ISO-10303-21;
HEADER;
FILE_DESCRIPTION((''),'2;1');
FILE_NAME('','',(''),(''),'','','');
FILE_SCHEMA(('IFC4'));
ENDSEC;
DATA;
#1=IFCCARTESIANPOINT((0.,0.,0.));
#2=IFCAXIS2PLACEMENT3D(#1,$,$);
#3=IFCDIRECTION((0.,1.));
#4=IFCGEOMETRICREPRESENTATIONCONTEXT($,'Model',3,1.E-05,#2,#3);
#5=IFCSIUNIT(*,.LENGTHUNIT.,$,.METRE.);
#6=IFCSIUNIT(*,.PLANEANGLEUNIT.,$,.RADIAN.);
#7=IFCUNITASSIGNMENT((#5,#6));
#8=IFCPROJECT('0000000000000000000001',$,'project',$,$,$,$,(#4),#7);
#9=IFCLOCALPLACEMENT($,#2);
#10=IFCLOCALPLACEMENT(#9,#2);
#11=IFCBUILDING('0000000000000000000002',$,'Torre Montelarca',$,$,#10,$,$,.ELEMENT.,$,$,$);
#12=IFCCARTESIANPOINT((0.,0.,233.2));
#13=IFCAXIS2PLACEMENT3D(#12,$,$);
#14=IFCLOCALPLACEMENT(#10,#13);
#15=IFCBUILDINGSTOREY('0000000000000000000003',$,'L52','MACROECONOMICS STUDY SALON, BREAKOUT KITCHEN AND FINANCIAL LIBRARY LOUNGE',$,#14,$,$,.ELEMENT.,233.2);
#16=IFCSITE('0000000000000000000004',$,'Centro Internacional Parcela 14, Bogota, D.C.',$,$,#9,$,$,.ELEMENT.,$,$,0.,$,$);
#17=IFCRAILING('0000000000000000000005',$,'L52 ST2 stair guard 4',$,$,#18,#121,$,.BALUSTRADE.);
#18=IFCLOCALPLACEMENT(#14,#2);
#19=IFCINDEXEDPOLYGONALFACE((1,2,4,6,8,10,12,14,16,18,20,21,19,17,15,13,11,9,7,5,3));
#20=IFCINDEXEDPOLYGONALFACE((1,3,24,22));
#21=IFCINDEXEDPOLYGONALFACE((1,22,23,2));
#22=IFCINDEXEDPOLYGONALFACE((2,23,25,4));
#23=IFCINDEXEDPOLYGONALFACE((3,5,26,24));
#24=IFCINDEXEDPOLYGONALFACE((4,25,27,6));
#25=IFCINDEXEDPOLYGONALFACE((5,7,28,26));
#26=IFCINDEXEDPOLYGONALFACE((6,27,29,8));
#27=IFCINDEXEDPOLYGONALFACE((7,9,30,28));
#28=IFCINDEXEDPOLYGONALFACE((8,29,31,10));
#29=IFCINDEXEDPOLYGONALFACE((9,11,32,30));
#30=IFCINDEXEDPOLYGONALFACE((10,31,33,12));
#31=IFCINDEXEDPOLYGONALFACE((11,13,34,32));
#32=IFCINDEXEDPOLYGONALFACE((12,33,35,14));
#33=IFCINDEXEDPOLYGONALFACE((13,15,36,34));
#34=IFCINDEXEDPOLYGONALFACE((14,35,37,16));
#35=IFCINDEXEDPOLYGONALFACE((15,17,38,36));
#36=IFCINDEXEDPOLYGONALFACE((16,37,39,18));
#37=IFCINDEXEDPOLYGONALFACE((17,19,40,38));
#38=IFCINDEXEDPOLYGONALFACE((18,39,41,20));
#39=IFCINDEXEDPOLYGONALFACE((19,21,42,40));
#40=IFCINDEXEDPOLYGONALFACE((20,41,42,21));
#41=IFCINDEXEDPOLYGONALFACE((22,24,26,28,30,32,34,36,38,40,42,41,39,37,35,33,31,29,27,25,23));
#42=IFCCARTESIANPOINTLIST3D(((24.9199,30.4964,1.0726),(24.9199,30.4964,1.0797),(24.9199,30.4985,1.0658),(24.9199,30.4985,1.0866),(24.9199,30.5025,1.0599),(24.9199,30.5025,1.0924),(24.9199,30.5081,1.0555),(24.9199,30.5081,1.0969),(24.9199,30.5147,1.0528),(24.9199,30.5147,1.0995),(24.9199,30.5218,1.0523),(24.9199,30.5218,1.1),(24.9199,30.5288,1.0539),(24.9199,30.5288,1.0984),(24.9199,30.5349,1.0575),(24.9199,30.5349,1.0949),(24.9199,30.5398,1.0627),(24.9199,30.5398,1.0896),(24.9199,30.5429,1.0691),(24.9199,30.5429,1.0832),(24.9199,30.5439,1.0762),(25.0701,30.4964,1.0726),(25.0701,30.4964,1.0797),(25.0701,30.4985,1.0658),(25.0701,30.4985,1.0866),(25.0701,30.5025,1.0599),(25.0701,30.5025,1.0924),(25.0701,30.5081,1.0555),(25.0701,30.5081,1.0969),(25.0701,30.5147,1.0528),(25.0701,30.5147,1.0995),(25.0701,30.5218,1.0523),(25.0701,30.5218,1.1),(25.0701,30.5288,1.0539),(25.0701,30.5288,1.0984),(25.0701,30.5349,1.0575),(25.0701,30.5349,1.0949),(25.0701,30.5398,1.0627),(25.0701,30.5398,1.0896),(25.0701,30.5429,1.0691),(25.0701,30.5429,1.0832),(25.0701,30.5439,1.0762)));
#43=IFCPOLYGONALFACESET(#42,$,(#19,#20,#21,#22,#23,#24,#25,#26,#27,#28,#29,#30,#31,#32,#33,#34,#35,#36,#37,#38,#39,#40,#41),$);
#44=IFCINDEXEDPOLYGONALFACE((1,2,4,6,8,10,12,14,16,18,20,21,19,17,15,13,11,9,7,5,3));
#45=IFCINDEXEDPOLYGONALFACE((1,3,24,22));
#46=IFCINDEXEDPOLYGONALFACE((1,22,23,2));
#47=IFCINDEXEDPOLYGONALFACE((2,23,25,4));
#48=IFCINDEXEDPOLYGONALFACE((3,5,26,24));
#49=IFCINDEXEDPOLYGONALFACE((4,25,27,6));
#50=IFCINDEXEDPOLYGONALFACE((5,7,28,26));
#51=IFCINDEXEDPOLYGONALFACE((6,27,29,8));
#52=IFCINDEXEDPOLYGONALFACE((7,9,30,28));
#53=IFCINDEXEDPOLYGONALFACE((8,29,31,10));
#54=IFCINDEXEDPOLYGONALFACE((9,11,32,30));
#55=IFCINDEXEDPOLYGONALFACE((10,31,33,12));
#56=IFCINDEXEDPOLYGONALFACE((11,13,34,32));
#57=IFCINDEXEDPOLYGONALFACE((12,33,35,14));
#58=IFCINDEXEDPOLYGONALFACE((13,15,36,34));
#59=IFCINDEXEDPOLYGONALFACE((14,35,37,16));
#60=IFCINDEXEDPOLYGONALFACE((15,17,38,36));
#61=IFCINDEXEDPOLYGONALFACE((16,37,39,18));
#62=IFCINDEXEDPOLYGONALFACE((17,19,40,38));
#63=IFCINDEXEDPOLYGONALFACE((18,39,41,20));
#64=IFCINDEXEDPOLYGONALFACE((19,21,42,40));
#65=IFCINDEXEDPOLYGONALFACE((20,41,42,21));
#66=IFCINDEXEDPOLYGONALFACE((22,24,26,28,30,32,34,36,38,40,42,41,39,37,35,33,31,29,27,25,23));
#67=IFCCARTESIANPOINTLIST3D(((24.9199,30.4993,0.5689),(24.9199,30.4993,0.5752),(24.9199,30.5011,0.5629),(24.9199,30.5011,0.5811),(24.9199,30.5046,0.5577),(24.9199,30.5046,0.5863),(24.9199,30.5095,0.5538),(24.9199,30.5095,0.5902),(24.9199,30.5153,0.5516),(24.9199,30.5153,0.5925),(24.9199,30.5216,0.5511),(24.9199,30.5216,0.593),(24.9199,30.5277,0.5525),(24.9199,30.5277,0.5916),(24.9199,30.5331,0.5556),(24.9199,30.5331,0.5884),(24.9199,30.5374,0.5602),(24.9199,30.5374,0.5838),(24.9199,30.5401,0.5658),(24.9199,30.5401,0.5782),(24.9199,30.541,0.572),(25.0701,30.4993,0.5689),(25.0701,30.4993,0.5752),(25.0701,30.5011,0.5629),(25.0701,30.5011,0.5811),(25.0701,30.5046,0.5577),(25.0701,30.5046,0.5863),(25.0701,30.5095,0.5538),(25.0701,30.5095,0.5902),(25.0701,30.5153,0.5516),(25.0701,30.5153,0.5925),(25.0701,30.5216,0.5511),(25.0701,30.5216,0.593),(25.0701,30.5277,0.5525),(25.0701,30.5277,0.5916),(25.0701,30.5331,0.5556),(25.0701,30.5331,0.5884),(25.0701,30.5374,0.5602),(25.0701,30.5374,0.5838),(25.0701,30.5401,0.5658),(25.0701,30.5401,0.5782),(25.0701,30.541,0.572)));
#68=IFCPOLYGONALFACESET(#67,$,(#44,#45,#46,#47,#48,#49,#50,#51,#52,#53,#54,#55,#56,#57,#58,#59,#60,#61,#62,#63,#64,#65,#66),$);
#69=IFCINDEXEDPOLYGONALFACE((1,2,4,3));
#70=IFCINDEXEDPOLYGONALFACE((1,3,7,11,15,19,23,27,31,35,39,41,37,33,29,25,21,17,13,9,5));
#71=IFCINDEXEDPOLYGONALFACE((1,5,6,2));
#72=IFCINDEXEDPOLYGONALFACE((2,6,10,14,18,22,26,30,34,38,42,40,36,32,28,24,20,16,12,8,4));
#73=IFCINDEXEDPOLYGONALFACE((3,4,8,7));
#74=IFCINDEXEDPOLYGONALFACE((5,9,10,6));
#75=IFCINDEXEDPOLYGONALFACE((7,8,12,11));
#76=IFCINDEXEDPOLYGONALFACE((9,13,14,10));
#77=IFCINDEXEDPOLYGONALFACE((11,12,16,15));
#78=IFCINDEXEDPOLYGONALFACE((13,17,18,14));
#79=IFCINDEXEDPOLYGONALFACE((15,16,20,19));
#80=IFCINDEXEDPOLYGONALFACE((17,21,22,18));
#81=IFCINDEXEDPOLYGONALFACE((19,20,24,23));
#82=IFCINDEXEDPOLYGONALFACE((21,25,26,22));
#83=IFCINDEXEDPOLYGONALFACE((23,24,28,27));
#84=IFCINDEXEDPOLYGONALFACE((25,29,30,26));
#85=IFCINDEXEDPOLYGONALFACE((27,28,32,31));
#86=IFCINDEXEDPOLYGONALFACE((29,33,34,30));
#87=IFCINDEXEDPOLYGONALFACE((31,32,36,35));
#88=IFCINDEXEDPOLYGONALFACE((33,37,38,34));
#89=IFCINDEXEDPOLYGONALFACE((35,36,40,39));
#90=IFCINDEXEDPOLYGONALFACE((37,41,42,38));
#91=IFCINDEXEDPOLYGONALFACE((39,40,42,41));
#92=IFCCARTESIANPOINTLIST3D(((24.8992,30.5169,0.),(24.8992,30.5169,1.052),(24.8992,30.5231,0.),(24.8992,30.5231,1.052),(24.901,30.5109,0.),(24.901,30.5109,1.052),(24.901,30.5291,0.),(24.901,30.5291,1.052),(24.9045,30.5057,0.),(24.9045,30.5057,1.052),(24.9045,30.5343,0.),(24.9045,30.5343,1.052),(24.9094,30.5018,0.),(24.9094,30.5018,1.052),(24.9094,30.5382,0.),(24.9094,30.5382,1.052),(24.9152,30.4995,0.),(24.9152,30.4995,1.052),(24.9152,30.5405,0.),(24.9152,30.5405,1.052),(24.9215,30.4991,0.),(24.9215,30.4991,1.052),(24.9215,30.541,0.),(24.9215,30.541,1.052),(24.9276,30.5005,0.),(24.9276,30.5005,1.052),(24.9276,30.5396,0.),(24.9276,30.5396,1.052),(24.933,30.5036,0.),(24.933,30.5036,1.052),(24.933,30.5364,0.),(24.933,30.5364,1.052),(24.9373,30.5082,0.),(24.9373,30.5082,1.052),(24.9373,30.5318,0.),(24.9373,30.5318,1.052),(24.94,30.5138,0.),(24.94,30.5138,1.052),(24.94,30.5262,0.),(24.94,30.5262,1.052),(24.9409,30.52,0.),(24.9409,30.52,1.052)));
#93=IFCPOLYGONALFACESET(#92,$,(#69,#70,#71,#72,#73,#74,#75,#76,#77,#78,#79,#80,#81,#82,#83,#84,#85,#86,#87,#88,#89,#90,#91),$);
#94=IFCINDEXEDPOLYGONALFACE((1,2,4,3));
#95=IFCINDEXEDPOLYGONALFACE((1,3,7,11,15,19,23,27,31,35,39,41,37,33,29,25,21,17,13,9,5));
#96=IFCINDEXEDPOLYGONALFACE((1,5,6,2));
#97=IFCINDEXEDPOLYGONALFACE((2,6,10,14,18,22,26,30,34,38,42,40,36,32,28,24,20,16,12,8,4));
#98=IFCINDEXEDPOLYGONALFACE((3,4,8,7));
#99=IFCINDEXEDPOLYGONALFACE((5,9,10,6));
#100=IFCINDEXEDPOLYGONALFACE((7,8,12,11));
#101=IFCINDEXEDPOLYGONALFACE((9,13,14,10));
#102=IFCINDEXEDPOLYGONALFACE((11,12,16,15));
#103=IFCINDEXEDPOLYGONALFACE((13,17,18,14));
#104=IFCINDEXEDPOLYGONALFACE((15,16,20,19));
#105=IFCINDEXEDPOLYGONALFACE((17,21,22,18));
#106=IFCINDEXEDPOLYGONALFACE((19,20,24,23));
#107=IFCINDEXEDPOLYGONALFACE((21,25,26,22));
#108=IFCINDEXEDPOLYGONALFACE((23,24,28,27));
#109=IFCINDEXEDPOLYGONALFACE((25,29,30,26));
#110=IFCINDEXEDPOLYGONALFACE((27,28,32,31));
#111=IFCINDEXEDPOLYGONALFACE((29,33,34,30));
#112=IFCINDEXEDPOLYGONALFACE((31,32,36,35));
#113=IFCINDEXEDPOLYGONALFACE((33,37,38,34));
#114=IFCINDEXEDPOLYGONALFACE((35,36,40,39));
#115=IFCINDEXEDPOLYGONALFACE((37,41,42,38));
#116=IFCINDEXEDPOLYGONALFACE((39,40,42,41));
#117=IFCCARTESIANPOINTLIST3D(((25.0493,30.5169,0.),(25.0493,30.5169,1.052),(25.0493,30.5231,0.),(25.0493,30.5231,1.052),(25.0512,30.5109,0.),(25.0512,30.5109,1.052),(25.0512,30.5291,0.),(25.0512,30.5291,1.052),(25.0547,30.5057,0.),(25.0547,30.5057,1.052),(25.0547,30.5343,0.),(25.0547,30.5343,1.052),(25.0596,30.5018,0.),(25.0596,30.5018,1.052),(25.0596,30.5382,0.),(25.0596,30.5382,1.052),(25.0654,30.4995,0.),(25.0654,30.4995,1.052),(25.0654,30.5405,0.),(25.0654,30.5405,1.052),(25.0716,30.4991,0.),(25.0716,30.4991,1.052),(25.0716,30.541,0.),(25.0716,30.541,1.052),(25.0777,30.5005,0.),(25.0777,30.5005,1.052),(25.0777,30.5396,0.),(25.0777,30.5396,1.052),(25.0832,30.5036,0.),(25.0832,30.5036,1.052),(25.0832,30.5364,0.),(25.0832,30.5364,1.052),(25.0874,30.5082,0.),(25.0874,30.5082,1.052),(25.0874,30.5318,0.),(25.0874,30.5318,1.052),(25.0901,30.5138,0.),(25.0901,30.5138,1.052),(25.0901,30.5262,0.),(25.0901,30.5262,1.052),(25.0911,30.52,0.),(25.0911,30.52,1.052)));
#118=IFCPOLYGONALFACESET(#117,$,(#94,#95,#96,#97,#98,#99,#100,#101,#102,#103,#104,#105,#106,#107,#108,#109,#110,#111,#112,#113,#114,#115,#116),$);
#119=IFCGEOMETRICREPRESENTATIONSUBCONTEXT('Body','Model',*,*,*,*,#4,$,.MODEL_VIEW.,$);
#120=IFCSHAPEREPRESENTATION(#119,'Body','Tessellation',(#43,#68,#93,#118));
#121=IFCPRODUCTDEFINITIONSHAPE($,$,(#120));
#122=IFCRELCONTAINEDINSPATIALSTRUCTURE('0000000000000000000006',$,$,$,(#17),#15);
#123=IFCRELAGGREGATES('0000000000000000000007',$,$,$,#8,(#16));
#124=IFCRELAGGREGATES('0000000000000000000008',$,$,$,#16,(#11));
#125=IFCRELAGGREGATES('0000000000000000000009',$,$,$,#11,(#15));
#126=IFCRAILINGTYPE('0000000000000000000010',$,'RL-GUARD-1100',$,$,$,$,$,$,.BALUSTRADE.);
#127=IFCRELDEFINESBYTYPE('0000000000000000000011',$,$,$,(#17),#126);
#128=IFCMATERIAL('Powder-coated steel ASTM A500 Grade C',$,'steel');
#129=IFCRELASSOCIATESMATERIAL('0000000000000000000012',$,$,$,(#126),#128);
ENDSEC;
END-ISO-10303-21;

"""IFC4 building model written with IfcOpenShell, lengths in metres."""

from ifc_helpers import new_model, si_unit, direction, frame, origin, origin_2d, place, context, subcontext, project, spatial, circle, extrude, material, type_object, element, save


model = new_model("IFC4")

# Units and contexts
model_context = context("Model", 3, precision=1e-05, world=origin(), true_north=direction((0.0, 1.0)))
body_context = subcontext(model_context, "Body", "Model", "MODEL_VIEW")
ifc_project = project(units=[si_unit("LENGTHUNIT", "METRE"), si_unit("PLANEANGLEUNIT", "RADIAN")], contexts=[model_context])

# Site, building, storey
site_placement = place(None, origin())
site = spatial("IfcSite", under=ifc_project, at=site_placement, Name="Centro Internacional Parcela 14, Bogota, D.C.", CompositionType="ELEMENT", RefElevation=0.0)
building_placement = place(site_placement, origin())
building = spatial("IfcBuilding", under=site, at=building_placement, Name="Torre Montelarca", CompositionType="ELEMENT")
storey_placement = place(building_placement, frame((0.0, 0.0, 233.2)))
storey = spatial("IfcBuildingStorey", under=building, at=storey_placement, Name="L52", Description="MACROECONOMICS STUDY SALON, BREAKOUT KITCHEN AND FINANCIAL LIBRARY LOUNGE", CompositionType="ELEMENT", Elevation=233.2)

# Railing
ifc_material_1 = material(Name="Powder-coated steel ASTM A500 Grade C", Category="steel")
railing_type_1 = type_object("IfcRailingType", Name="RL-GUARD-1100", PredefinedType="BALUSTRADE", material=ifc_material_1)
railing_1_placement = place(storey_placement, frame((24.9199, 30.52, 0.0)))
element("IfcRailing", 1, at=railing_1_placement, inside=storey, type_object=railing_type_1, Name="L52 ST2 stair guard 4", PredefinedType="BALUSTRADE", context=body_context, shape_type="SweptSolid", body=[
    extrude(circle(Radius=0.0239, at=origin_2d()), frame((0.0, 0.0, 1.0762), z_axis=(1.0, 0.0, 0.0), x_axis=(0.0, 1.0, 0.0)), (0.0, 0.0, 1.0), 0.1501),
    extrude(circle(Radius=0.021, at=origin_2d()), frame((0.0, 0.0, 0.572), z_axis=(1.0, 0.0, 0.0), x_axis=(0.0, 1.0, 0.0)), (0.0, 0.0, 1.0), 0.1501),
    extrude(circle(Radius=0.021, at=origin_2d()), origin(), (0.0, 0.0, 1.0), 1.052),
    extrude(circle(Radius=0.021, at=origin_2d()), frame((0.1501, 0.0, 0.0)), (0.0, 0.0, 1.0), 1.052),
])

save(model, "model.ifc")
